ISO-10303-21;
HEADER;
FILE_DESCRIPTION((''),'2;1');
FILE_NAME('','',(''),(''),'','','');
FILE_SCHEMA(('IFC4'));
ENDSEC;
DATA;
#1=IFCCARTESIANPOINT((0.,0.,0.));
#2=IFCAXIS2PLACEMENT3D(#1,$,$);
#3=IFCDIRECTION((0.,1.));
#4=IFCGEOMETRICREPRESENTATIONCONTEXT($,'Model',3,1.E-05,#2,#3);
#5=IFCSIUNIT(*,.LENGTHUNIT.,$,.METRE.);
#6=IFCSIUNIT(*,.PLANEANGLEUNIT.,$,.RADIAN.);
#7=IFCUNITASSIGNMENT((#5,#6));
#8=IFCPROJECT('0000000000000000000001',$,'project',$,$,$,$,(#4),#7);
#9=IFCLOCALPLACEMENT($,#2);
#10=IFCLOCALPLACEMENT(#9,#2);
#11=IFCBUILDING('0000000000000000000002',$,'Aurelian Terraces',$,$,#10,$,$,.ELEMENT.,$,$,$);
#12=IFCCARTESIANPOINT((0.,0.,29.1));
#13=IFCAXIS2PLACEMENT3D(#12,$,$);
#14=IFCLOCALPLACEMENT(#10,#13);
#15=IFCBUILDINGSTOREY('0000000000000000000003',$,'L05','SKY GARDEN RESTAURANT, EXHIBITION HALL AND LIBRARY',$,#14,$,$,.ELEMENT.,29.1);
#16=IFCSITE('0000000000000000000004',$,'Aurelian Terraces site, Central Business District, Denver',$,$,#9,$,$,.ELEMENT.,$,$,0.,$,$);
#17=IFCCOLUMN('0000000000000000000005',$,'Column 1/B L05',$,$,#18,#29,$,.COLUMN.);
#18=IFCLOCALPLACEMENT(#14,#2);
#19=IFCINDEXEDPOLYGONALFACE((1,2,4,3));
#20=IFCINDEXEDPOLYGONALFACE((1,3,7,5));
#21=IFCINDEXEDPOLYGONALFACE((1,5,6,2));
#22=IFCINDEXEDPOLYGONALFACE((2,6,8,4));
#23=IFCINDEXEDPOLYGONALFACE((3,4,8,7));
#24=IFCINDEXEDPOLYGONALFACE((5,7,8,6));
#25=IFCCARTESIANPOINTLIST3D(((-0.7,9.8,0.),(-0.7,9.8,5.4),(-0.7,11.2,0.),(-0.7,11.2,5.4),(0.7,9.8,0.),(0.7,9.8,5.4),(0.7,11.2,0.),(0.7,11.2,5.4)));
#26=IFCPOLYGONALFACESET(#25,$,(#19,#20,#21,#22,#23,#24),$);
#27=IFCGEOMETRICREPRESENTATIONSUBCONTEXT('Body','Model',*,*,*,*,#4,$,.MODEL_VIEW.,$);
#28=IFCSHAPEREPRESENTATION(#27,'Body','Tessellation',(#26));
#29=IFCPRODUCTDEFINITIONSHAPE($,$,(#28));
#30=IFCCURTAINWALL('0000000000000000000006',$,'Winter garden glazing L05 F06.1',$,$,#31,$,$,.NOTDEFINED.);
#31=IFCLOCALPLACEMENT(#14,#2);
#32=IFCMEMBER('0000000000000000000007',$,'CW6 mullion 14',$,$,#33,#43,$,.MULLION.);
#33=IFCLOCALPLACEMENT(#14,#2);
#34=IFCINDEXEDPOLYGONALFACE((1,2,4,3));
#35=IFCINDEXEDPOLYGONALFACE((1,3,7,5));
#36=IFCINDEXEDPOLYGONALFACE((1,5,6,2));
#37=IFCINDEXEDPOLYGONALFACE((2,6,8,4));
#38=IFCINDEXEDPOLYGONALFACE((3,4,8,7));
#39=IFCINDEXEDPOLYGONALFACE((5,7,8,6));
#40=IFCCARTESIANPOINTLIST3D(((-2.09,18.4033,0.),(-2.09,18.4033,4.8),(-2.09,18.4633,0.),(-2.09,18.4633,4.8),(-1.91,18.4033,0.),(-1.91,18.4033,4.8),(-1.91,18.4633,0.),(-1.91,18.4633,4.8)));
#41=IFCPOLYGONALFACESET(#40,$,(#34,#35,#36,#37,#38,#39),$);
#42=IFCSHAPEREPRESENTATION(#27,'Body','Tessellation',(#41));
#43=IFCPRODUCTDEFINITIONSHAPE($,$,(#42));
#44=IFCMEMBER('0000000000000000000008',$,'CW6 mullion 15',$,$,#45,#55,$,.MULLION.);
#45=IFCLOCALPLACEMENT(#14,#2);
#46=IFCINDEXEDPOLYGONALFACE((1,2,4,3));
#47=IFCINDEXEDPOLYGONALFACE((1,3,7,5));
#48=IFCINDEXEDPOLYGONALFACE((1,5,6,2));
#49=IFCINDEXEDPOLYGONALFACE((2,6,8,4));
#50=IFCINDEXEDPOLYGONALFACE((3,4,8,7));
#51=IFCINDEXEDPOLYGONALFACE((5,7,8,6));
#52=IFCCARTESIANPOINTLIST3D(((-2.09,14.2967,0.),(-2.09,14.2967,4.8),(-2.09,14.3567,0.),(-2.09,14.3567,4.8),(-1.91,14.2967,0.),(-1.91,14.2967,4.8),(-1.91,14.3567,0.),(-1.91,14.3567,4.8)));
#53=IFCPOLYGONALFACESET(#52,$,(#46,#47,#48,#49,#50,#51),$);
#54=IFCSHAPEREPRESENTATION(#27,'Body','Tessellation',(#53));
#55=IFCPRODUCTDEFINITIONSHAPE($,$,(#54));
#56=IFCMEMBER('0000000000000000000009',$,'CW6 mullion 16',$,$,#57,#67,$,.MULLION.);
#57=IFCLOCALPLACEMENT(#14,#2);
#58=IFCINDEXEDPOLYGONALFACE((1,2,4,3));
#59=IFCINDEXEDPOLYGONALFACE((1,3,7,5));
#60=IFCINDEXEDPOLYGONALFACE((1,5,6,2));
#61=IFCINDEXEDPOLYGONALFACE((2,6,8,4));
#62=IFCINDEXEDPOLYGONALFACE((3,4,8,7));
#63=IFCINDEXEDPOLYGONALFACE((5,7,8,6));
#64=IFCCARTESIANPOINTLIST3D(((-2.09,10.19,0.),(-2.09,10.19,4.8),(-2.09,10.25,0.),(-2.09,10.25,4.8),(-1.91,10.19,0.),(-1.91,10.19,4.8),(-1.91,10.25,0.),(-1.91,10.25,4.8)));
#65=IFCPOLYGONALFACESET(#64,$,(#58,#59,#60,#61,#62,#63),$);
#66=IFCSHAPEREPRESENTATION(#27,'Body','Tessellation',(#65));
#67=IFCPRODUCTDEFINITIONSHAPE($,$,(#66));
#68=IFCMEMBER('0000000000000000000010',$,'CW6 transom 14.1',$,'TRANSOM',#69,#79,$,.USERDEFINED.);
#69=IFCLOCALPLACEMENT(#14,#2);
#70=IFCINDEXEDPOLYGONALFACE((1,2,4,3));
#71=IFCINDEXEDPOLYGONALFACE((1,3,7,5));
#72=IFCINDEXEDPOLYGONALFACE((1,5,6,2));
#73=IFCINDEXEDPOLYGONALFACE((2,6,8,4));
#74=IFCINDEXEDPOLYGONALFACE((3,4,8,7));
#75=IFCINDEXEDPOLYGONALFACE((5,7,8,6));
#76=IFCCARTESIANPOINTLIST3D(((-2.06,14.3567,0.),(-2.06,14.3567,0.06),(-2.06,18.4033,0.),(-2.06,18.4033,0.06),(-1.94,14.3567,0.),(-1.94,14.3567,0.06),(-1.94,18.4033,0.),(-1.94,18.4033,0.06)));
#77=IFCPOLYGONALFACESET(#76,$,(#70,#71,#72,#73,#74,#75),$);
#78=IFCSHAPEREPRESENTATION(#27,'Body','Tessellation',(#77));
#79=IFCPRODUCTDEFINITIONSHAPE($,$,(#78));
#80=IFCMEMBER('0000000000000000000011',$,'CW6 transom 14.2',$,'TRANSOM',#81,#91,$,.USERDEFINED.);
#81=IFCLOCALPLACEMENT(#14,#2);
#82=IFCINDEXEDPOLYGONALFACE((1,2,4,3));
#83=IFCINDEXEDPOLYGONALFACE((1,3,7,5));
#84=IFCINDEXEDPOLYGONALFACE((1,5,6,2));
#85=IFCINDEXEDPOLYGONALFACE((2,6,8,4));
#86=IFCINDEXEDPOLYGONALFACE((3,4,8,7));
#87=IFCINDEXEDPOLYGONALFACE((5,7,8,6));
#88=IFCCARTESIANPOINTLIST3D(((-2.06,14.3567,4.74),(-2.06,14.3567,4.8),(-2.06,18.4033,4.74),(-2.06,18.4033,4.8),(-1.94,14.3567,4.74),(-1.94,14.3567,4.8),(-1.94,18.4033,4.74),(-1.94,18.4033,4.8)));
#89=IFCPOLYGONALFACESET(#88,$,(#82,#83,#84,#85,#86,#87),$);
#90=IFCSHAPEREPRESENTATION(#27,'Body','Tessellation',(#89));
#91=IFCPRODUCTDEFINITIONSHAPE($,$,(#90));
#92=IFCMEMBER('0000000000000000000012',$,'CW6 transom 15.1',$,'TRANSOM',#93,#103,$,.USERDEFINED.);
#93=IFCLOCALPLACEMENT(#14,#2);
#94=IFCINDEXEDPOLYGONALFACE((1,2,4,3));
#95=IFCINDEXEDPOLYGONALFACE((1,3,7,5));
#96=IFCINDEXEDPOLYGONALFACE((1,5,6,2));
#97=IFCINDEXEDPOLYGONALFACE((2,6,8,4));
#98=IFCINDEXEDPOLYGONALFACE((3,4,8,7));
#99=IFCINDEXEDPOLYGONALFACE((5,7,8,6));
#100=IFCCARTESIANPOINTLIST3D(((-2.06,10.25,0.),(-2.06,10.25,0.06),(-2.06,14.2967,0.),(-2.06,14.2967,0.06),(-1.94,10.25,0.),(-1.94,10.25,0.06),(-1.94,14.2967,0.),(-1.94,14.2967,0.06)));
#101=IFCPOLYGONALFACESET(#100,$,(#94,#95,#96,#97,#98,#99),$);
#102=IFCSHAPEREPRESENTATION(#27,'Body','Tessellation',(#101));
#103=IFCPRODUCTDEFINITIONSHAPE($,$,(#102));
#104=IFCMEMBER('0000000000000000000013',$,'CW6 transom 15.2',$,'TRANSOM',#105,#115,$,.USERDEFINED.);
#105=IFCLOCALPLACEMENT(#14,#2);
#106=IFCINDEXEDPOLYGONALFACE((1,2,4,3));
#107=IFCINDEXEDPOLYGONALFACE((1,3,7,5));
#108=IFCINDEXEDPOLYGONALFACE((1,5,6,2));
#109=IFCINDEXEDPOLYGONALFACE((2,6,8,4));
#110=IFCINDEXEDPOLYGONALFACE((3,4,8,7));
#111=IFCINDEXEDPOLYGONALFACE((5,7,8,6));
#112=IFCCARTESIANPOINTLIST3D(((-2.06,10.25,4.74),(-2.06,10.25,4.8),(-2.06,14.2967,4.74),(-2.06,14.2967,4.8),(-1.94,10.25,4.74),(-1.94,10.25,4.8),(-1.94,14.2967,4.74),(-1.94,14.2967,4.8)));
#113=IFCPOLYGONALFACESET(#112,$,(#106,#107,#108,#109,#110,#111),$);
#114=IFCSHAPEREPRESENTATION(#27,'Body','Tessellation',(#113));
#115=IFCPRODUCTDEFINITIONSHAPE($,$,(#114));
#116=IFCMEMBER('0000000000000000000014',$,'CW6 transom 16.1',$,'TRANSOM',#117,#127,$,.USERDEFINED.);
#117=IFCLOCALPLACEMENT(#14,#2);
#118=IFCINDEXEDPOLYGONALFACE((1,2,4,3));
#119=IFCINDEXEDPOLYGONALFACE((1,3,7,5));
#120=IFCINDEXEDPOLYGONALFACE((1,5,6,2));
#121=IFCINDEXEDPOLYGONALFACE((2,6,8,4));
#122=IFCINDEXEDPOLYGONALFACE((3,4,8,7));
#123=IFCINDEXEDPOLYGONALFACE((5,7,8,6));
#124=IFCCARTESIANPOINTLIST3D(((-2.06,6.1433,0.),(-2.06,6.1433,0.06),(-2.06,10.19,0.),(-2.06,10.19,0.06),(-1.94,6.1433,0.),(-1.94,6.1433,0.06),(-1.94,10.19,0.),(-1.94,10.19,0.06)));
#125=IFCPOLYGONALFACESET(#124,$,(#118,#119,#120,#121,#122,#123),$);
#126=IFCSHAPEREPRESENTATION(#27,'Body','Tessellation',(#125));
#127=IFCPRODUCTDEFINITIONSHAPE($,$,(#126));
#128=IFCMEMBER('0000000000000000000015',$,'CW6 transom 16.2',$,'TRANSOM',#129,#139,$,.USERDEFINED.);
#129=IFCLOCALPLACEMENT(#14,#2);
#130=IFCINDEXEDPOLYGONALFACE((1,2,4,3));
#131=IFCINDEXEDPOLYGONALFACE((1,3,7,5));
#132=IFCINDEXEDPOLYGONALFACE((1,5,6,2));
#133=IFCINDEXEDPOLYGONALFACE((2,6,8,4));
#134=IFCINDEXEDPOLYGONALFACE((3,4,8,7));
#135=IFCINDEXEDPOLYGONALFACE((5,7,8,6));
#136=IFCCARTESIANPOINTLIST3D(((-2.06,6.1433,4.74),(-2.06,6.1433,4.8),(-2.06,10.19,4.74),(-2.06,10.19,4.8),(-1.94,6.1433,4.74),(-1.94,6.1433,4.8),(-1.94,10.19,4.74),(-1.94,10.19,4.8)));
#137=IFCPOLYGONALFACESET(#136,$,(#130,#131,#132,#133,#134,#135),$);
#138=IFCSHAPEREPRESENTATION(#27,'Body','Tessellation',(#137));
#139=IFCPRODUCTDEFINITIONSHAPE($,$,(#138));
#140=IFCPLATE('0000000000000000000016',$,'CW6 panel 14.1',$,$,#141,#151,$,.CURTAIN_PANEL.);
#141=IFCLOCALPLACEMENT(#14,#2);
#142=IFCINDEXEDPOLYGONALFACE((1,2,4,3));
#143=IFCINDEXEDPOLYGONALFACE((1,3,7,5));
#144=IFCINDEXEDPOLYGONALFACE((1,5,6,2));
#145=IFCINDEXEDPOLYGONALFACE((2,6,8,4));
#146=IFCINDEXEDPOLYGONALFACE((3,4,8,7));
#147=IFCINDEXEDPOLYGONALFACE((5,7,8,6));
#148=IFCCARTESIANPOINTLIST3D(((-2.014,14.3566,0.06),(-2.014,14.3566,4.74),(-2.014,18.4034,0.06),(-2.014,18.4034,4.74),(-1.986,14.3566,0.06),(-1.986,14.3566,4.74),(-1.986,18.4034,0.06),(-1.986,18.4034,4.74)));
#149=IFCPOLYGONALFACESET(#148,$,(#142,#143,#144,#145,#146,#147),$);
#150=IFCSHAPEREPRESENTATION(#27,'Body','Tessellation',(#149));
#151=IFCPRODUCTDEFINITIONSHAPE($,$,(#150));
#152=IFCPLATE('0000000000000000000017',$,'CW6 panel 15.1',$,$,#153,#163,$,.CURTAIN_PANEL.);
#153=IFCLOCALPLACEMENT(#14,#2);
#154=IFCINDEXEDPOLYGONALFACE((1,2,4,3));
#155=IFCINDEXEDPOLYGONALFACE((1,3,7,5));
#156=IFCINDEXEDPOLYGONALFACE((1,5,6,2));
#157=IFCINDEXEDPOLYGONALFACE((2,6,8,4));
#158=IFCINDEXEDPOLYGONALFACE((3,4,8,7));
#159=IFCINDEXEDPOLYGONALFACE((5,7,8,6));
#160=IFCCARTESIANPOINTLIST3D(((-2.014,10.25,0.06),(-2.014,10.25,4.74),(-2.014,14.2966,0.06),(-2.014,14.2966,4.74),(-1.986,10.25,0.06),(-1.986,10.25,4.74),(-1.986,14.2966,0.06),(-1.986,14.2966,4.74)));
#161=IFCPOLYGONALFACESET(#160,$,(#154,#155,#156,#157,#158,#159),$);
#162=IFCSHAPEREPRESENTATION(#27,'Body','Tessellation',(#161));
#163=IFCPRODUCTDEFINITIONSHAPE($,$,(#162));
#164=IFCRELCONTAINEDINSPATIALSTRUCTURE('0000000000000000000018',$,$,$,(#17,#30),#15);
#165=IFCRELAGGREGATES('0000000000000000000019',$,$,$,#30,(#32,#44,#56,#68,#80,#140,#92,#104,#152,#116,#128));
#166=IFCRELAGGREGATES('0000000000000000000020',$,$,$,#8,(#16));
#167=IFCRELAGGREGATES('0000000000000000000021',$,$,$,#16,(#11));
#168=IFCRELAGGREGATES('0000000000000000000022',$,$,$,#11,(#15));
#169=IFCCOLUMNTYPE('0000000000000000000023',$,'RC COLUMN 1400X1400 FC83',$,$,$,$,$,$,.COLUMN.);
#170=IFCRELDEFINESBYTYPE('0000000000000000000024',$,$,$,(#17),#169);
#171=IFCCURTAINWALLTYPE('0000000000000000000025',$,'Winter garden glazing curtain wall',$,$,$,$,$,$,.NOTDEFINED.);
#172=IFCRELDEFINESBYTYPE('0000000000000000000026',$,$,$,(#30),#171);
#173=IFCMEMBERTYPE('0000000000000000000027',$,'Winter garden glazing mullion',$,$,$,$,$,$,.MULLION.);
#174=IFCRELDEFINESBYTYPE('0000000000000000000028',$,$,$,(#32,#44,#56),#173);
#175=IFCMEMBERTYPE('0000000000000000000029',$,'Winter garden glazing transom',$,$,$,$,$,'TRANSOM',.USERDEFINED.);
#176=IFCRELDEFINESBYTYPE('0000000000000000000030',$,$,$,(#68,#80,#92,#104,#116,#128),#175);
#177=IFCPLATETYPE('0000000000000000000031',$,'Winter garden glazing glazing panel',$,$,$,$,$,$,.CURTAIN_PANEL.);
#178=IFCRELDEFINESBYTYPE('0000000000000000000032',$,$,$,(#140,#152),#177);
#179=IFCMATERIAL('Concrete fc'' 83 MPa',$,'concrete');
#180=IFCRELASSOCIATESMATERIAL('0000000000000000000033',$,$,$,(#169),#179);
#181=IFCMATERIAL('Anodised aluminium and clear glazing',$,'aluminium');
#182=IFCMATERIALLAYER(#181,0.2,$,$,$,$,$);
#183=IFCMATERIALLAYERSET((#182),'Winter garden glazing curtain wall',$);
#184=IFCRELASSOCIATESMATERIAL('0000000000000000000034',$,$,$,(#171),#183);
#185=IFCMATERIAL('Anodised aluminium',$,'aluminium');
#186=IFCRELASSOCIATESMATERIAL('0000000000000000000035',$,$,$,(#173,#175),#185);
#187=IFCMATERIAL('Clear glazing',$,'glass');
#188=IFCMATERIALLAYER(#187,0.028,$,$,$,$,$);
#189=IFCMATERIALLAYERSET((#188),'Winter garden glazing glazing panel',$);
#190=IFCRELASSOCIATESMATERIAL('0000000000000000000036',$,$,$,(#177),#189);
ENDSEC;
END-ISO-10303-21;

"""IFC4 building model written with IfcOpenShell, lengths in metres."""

from ifc_helpers import new_model, si_unit, direction, frame, origin, origin_2d, place, context, subcontext, project, spatial, rectangle, extrude, source, transform, mapped, material, layer, layer_set, material_profile, profile_set, type_object, element, aggregate, save


model = new_model("IFC4")

# Units and contexts
model_context = context("Model", 3, precision=1e-05, world=origin(), true_north=direction((0.0, 1.0)))
body_context = subcontext(model_context, "Body", "Model", "MODEL_VIEW")
ifc_project = project(units=[si_unit("LENGTHUNIT", "METRE"), si_unit("PLANEANGLEUNIT", "RADIAN")], contexts=[model_context])

# Site, building, storey
site_placement = place(None, origin())
site = spatial("IfcSite", under=ifc_project, at=site_placement, Name="Aurelian Terraces site, Central Business District, Denver", CompositionType="ELEMENT", RefElevation=0.0)
building_placement = place(site_placement, origin())
building = spatial("IfcBuilding", under=site, at=building_placement, Name="Aurelian Terraces", CompositionType="ELEMENT")
storey_placement = place(building_placement, frame((0.0, 0.0, 29.1)))
storey = spatial("IfcBuildingStorey", under=building, at=storey_placement, Name="L05", Description="SKY GARDEN RESTAURANT, EXHIBITION HALL AND LIBRARY", CompositionType="ELEMENT", Elevation=29.1)

# Column
ifc_material_1 = material(Name="Concrete fc' 83 MPa", Category="concrete")
ifc_material_profile_1 = material_profile(ifc_material_1, rectangle(XDim=1.4, YDim=1.4, at=origin_2d()))
ifc_profile_set_1 = profile_set([ifc_material_profile_1], Name="Concrete fc' 83 MPa")
column_type = type_object("IfcColumnType", Name="RC COLUMN 1400X1400 FC83", PredefinedType="COLUMN", material=ifc_profile_set_1)
shared_shape_1 = source(origin(), body_context, "Body", "SweptSolid", [
    extrude(rectangle(XDim=1.4, YDim=1.4, at=origin_2d()), origin(), (0.0, 0.0, 1.0), 5.4),
])
column_placement = place(storey_placement, frame((0.0, 10.5, 0.0), z_axis=(0.0, 0.0, 1.0), x_axis=(1.0, 0.0, 0.0)))
element("IfcColumn", 1, at=column_placement, inside=storey, type_object=column_type, Name="Column 1/B L05", PredefinedType="COLUMN", context=body_context, shape_type="MappedRepresentation", body=[
    mapped(shared_shape_1, transform((0.0, 0.0, 0.0), scale=1.0)),
])

# Curtain wall, members, plates
ifc_material_2 = material(Name="Anodised aluminium and clear glazing", Category="aluminium")
ifc_layer_1 = layer(ifc_material_2, 0.2)
ifc_layer_set_1 = layer_set([ifc_layer_1], Name="Winter garden glazing curtain wall")
curtain_wall_type = type_object("IfcCurtainWallType", Name="Winter garden glazing curtain wall", PredefinedType="NOTDEFINED", material=ifc_layer_set_1)
curtain_wall_placement = place(storey_placement, origin())
curtain_wall = element("IfcCurtainWall", 2, at=curtain_wall_placement, inside=storey, type_object=curtain_wall_type, Name="Winter garden glazing L05 F06.1", PredefinedType="NOTDEFINED")
ifc_material_3 = material(Name="Anodised aluminium", Category="aluminium")
ifc_material_profile_2 = material_profile(ifc_material_3, rectangle(XDim=0.18, YDim=0.06, at=origin_2d()))
ifc_profile_set_2 = profile_set([ifc_material_profile_2], Name="Anodised aluminium")
member_type_1 = type_object("IfcMemberType", Name="Winter garden glazing mullion", PredefinedType="MULLION", material=ifc_profile_set_2)
shared_shape_2 = source(origin(), body_context, "Body", "SweptSolid", [
    extrude(rectangle(XDim=0.18, YDim=0.06, at=origin_2d()), origin(), (0.0, 0.0, 1.0), 4.8),
])
member_1_placement = place(storey_placement, frame((-2.0, 18.4333, 0.0), z_axis=(0.0, 0.0, 1.0), x_axis=(1.0, 0.0, 0.0)))
member_1 = element("IfcMember", 3, at=member_1_placement, type_object=member_type_1, Name="CW6 mullion 14", PredefinedType="MULLION", context=body_context, shape_type="MappedRepresentation", body=[
    mapped(shared_shape_2, transform((0.0, 0.0, 0.0), scale=1.0)),
])
member_2_placement = place(storey_placement, frame((-2.0, 14.3267, 0.0), z_axis=(0.0, 0.0, 1.0), x_axis=(1.0, 0.0, 0.0)))
member_2 = element("IfcMember", 4, at=member_2_placement, type_object=member_type_1, Name="CW6 mullion 15", PredefinedType="MULLION", context=body_context, shape_type="MappedRepresentation", body=[
    mapped(shared_shape_2, transform((0.0, 0.0, 0.0), scale=1.0)),
])
member_3_placement = place(storey_placement, frame((-2.0, 10.22, 0.0), z_axis=(0.0, 0.0, 1.0), x_axis=(1.0, 0.0, 0.0)))
member_3 = element("IfcMember", 5, at=member_3_placement, type_object=member_type_1, Name="CW6 mullion 16", PredefinedType="MULLION", context=body_context, shape_type="MappedRepresentation", body=[
    mapped(shared_shape_2, transform((0.0, 0.0, 0.0), scale=1.0)),
])
ifc_material_profile_3 = material_profile(ifc_material_3, rectangle(XDim=0.12, YDim=0.06, at=origin_2d()))
ifc_profile_set_3 = profile_set([ifc_material_profile_3], Name="Anodised aluminium")
member_type_2 = type_object("IfcMemberType", Name="Winter garden glazing transom", ElementType="TRANSOM", PredefinedType="USERDEFINED", material=ifc_profile_set_3)
shared_shape_3 = source(origin(), body_context, "Body", "SweptSolid", [
    extrude(rectangle(XDim=0.12, YDim=0.06, at=origin_2d()), origin(), (0.0, 0.0, 1.0), 4.0466),
])
member_4_placement = place(storey_placement, frame((-2.0, 18.4033, 0.03), z_axis=(0.0, -1.0, 0.0), x_axis=(1.0, 0.0, 0.0)))
member_4 = element("IfcMember", 6, at=member_4_placement, type_object=member_type_2, Name="CW6 transom 14.1", ObjectType="TRANSOM", PredefinedType="USERDEFINED", context=body_context, shape_type="MappedRepresentation", body=[
    mapped(shared_shape_3, transform((0.0, 0.0, 0.0), scale=1.0)),
])
member_5_placement = place(storey_placement, frame((-2.0, 18.4033, 4.77), z_axis=(0.0, -1.0, 0.0), x_axis=(1.0, 0.0, 0.0)))
member_5 = element("IfcMember", 7, at=member_5_placement, type_object=member_type_2, Name="CW6 transom 14.2", ObjectType="TRANSOM", PredefinedType="USERDEFINED", context=body_context, shape_type="MappedRepresentation", body=[
    mapped(shared_shape_3, transform((0.0, 0.0, 0.0), scale=1.0)),
])
shared_shape_4 = source(origin(), body_context, "Body", "SweptSolid", [
    extrude(rectangle(XDim=0.12, YDim=0.06, at=origin_2d()), origin(), (0.0, 0.0, 1.0), 4.0467),
])
member_6_placement = place(storey_placement, frame((-2.0, 14.2967, 0.03), z_axis=(0.0, -1.0, 0.0), x_axis=(1.0, 0.0, 0.0)))
member_6 = element("IfcMember", 8, at=member_6_placement, type_object=member_type_2, Name="CW6 transom 15.1", ObjectType="TRANSOM", PredefinedType="USERDEFINED", context=body_context, shape_type="MappedRepresentation", body=[
    mapped(shared_shape_4, transform((0.0, 0.0, 0.0), scale=1.0)),
])
member_7_placement = place(storey_placement, frame((-2.0, 14.2967, 4.77), z_axis=(0.0, -1.0, 0.0), x_axis=(1.0, 0.0, 0.0)))
member_7 = element("IfcMember", 9, at=member_7_placement, type_object=member_type_2, Name="CW6 transom 15.2", ObjectType="TRANSOM", PredefinedType="USERDEFINED", context=body_context, shape_type="MappedRepresentation", body=[
    mapped(shared_shape_4, transform((0.0, 0.0, 0.0), scale=1.0)),
])
member_8_placement = place(storey_placement, frame((-2.0, 10.19, 0.03), z_axis=(0.0, -1.0, 0.0), x_axis=(1.0, 0.0, 0.0)))
member_8 = element("IfcMember", 10, at=member_8_placement, type_object=member_type_2, Name="CW6 transom 16.1", ObjectType="TRANSOM", PredefinedType="USERDEFINED", context=body_context, shape_type="MappedRepresentation", body=[
    mapped(shared_shape_4, transform((0.0, 0.0, 0.0), scale=1.0)),
])
member_9_placement = place(storey_placement, frame((-2.0, 10.19, 4.77), z_axis=(0.0, -1.0, 0.0), x_axis=(1.0, 0.0, 0.0)))
member_9 = element("IfcMember", 11, at=member_9_placement, type_object=member_type_2, Name="CW6 transom 16.2", ObjectType="TRANSOM", PredefinedType="USERDEFINED", context=body_context, shape_type="MappedRepresentation", body=[
    mapped(shared_shape_4, transform((0.0, 0.0, 0.0), scale=1.0)),
])
ifc_material_4 = material(Name="Clear glazing", Category="glass")
ifc_layer_2 = layer(ifc_material_4, 0.028)
ifc_layer_set_2 = layer_set([ifc_layer_2], Name="Winter garden glazing glazing panel")
plate_type = type_object("IfcPlateType", Name="Winter garden glazing glazing panel", PredefinedType="CURTAIN_PANEL", material=ifc_layer_set_2)
shared_shape_5 = source(origin(), body_context, "Body", "SweptSolid", [
    extrude(rectangle(XDim=4.0467, YDim=0.028, at=origin_2d()), origin(), (0.0, 0.0, 1.0), 4.68),
])
plate_1_placement = place(storey_placement, frame((-2.0, 16.38, 0.06), z_axis=(0.0, 0.0, 1.0), x_axis=(0.0, -1.0, 0.0)))
plate_1 = element("IfcPlate", 12, at=plate_1_placement, type_object=plate_type, Name="CW6 panel 14.1", PredefinedType="CURTAIN_PANEL", context=body_context, shape_type="MappedRepresentation", body=[
    mapped(shared_shape_5, transform((0.0, 0.0, 0.0), scale=1.0)),
])
plate_2_placement = place(storey_placement, frame((-2.0, 12.2733, 0.06), z_axis=(0.0, 0.0, 1.0), x_axis=(0.0, -1.0, 0.0)))
plate_2 = element("IfcPlate", 13, at=plate_2_placement, type_object=plate_type, Name="CW6 panel 15.1", PredefinedType="CURTAIN_PANEL", context=body_context, shape_type="MappedRepresentation", body=[
    mapped(shared_shape_5, transform((0.0, 0.0, 0.0), scale=1.0)),
])
aggregate(curtain_wall, [member_1, member_2, member_3, member_4, member_5, plate_1, member_6, member_7, plate_2, member_8, member_9])

save(model, "model.ifc")
